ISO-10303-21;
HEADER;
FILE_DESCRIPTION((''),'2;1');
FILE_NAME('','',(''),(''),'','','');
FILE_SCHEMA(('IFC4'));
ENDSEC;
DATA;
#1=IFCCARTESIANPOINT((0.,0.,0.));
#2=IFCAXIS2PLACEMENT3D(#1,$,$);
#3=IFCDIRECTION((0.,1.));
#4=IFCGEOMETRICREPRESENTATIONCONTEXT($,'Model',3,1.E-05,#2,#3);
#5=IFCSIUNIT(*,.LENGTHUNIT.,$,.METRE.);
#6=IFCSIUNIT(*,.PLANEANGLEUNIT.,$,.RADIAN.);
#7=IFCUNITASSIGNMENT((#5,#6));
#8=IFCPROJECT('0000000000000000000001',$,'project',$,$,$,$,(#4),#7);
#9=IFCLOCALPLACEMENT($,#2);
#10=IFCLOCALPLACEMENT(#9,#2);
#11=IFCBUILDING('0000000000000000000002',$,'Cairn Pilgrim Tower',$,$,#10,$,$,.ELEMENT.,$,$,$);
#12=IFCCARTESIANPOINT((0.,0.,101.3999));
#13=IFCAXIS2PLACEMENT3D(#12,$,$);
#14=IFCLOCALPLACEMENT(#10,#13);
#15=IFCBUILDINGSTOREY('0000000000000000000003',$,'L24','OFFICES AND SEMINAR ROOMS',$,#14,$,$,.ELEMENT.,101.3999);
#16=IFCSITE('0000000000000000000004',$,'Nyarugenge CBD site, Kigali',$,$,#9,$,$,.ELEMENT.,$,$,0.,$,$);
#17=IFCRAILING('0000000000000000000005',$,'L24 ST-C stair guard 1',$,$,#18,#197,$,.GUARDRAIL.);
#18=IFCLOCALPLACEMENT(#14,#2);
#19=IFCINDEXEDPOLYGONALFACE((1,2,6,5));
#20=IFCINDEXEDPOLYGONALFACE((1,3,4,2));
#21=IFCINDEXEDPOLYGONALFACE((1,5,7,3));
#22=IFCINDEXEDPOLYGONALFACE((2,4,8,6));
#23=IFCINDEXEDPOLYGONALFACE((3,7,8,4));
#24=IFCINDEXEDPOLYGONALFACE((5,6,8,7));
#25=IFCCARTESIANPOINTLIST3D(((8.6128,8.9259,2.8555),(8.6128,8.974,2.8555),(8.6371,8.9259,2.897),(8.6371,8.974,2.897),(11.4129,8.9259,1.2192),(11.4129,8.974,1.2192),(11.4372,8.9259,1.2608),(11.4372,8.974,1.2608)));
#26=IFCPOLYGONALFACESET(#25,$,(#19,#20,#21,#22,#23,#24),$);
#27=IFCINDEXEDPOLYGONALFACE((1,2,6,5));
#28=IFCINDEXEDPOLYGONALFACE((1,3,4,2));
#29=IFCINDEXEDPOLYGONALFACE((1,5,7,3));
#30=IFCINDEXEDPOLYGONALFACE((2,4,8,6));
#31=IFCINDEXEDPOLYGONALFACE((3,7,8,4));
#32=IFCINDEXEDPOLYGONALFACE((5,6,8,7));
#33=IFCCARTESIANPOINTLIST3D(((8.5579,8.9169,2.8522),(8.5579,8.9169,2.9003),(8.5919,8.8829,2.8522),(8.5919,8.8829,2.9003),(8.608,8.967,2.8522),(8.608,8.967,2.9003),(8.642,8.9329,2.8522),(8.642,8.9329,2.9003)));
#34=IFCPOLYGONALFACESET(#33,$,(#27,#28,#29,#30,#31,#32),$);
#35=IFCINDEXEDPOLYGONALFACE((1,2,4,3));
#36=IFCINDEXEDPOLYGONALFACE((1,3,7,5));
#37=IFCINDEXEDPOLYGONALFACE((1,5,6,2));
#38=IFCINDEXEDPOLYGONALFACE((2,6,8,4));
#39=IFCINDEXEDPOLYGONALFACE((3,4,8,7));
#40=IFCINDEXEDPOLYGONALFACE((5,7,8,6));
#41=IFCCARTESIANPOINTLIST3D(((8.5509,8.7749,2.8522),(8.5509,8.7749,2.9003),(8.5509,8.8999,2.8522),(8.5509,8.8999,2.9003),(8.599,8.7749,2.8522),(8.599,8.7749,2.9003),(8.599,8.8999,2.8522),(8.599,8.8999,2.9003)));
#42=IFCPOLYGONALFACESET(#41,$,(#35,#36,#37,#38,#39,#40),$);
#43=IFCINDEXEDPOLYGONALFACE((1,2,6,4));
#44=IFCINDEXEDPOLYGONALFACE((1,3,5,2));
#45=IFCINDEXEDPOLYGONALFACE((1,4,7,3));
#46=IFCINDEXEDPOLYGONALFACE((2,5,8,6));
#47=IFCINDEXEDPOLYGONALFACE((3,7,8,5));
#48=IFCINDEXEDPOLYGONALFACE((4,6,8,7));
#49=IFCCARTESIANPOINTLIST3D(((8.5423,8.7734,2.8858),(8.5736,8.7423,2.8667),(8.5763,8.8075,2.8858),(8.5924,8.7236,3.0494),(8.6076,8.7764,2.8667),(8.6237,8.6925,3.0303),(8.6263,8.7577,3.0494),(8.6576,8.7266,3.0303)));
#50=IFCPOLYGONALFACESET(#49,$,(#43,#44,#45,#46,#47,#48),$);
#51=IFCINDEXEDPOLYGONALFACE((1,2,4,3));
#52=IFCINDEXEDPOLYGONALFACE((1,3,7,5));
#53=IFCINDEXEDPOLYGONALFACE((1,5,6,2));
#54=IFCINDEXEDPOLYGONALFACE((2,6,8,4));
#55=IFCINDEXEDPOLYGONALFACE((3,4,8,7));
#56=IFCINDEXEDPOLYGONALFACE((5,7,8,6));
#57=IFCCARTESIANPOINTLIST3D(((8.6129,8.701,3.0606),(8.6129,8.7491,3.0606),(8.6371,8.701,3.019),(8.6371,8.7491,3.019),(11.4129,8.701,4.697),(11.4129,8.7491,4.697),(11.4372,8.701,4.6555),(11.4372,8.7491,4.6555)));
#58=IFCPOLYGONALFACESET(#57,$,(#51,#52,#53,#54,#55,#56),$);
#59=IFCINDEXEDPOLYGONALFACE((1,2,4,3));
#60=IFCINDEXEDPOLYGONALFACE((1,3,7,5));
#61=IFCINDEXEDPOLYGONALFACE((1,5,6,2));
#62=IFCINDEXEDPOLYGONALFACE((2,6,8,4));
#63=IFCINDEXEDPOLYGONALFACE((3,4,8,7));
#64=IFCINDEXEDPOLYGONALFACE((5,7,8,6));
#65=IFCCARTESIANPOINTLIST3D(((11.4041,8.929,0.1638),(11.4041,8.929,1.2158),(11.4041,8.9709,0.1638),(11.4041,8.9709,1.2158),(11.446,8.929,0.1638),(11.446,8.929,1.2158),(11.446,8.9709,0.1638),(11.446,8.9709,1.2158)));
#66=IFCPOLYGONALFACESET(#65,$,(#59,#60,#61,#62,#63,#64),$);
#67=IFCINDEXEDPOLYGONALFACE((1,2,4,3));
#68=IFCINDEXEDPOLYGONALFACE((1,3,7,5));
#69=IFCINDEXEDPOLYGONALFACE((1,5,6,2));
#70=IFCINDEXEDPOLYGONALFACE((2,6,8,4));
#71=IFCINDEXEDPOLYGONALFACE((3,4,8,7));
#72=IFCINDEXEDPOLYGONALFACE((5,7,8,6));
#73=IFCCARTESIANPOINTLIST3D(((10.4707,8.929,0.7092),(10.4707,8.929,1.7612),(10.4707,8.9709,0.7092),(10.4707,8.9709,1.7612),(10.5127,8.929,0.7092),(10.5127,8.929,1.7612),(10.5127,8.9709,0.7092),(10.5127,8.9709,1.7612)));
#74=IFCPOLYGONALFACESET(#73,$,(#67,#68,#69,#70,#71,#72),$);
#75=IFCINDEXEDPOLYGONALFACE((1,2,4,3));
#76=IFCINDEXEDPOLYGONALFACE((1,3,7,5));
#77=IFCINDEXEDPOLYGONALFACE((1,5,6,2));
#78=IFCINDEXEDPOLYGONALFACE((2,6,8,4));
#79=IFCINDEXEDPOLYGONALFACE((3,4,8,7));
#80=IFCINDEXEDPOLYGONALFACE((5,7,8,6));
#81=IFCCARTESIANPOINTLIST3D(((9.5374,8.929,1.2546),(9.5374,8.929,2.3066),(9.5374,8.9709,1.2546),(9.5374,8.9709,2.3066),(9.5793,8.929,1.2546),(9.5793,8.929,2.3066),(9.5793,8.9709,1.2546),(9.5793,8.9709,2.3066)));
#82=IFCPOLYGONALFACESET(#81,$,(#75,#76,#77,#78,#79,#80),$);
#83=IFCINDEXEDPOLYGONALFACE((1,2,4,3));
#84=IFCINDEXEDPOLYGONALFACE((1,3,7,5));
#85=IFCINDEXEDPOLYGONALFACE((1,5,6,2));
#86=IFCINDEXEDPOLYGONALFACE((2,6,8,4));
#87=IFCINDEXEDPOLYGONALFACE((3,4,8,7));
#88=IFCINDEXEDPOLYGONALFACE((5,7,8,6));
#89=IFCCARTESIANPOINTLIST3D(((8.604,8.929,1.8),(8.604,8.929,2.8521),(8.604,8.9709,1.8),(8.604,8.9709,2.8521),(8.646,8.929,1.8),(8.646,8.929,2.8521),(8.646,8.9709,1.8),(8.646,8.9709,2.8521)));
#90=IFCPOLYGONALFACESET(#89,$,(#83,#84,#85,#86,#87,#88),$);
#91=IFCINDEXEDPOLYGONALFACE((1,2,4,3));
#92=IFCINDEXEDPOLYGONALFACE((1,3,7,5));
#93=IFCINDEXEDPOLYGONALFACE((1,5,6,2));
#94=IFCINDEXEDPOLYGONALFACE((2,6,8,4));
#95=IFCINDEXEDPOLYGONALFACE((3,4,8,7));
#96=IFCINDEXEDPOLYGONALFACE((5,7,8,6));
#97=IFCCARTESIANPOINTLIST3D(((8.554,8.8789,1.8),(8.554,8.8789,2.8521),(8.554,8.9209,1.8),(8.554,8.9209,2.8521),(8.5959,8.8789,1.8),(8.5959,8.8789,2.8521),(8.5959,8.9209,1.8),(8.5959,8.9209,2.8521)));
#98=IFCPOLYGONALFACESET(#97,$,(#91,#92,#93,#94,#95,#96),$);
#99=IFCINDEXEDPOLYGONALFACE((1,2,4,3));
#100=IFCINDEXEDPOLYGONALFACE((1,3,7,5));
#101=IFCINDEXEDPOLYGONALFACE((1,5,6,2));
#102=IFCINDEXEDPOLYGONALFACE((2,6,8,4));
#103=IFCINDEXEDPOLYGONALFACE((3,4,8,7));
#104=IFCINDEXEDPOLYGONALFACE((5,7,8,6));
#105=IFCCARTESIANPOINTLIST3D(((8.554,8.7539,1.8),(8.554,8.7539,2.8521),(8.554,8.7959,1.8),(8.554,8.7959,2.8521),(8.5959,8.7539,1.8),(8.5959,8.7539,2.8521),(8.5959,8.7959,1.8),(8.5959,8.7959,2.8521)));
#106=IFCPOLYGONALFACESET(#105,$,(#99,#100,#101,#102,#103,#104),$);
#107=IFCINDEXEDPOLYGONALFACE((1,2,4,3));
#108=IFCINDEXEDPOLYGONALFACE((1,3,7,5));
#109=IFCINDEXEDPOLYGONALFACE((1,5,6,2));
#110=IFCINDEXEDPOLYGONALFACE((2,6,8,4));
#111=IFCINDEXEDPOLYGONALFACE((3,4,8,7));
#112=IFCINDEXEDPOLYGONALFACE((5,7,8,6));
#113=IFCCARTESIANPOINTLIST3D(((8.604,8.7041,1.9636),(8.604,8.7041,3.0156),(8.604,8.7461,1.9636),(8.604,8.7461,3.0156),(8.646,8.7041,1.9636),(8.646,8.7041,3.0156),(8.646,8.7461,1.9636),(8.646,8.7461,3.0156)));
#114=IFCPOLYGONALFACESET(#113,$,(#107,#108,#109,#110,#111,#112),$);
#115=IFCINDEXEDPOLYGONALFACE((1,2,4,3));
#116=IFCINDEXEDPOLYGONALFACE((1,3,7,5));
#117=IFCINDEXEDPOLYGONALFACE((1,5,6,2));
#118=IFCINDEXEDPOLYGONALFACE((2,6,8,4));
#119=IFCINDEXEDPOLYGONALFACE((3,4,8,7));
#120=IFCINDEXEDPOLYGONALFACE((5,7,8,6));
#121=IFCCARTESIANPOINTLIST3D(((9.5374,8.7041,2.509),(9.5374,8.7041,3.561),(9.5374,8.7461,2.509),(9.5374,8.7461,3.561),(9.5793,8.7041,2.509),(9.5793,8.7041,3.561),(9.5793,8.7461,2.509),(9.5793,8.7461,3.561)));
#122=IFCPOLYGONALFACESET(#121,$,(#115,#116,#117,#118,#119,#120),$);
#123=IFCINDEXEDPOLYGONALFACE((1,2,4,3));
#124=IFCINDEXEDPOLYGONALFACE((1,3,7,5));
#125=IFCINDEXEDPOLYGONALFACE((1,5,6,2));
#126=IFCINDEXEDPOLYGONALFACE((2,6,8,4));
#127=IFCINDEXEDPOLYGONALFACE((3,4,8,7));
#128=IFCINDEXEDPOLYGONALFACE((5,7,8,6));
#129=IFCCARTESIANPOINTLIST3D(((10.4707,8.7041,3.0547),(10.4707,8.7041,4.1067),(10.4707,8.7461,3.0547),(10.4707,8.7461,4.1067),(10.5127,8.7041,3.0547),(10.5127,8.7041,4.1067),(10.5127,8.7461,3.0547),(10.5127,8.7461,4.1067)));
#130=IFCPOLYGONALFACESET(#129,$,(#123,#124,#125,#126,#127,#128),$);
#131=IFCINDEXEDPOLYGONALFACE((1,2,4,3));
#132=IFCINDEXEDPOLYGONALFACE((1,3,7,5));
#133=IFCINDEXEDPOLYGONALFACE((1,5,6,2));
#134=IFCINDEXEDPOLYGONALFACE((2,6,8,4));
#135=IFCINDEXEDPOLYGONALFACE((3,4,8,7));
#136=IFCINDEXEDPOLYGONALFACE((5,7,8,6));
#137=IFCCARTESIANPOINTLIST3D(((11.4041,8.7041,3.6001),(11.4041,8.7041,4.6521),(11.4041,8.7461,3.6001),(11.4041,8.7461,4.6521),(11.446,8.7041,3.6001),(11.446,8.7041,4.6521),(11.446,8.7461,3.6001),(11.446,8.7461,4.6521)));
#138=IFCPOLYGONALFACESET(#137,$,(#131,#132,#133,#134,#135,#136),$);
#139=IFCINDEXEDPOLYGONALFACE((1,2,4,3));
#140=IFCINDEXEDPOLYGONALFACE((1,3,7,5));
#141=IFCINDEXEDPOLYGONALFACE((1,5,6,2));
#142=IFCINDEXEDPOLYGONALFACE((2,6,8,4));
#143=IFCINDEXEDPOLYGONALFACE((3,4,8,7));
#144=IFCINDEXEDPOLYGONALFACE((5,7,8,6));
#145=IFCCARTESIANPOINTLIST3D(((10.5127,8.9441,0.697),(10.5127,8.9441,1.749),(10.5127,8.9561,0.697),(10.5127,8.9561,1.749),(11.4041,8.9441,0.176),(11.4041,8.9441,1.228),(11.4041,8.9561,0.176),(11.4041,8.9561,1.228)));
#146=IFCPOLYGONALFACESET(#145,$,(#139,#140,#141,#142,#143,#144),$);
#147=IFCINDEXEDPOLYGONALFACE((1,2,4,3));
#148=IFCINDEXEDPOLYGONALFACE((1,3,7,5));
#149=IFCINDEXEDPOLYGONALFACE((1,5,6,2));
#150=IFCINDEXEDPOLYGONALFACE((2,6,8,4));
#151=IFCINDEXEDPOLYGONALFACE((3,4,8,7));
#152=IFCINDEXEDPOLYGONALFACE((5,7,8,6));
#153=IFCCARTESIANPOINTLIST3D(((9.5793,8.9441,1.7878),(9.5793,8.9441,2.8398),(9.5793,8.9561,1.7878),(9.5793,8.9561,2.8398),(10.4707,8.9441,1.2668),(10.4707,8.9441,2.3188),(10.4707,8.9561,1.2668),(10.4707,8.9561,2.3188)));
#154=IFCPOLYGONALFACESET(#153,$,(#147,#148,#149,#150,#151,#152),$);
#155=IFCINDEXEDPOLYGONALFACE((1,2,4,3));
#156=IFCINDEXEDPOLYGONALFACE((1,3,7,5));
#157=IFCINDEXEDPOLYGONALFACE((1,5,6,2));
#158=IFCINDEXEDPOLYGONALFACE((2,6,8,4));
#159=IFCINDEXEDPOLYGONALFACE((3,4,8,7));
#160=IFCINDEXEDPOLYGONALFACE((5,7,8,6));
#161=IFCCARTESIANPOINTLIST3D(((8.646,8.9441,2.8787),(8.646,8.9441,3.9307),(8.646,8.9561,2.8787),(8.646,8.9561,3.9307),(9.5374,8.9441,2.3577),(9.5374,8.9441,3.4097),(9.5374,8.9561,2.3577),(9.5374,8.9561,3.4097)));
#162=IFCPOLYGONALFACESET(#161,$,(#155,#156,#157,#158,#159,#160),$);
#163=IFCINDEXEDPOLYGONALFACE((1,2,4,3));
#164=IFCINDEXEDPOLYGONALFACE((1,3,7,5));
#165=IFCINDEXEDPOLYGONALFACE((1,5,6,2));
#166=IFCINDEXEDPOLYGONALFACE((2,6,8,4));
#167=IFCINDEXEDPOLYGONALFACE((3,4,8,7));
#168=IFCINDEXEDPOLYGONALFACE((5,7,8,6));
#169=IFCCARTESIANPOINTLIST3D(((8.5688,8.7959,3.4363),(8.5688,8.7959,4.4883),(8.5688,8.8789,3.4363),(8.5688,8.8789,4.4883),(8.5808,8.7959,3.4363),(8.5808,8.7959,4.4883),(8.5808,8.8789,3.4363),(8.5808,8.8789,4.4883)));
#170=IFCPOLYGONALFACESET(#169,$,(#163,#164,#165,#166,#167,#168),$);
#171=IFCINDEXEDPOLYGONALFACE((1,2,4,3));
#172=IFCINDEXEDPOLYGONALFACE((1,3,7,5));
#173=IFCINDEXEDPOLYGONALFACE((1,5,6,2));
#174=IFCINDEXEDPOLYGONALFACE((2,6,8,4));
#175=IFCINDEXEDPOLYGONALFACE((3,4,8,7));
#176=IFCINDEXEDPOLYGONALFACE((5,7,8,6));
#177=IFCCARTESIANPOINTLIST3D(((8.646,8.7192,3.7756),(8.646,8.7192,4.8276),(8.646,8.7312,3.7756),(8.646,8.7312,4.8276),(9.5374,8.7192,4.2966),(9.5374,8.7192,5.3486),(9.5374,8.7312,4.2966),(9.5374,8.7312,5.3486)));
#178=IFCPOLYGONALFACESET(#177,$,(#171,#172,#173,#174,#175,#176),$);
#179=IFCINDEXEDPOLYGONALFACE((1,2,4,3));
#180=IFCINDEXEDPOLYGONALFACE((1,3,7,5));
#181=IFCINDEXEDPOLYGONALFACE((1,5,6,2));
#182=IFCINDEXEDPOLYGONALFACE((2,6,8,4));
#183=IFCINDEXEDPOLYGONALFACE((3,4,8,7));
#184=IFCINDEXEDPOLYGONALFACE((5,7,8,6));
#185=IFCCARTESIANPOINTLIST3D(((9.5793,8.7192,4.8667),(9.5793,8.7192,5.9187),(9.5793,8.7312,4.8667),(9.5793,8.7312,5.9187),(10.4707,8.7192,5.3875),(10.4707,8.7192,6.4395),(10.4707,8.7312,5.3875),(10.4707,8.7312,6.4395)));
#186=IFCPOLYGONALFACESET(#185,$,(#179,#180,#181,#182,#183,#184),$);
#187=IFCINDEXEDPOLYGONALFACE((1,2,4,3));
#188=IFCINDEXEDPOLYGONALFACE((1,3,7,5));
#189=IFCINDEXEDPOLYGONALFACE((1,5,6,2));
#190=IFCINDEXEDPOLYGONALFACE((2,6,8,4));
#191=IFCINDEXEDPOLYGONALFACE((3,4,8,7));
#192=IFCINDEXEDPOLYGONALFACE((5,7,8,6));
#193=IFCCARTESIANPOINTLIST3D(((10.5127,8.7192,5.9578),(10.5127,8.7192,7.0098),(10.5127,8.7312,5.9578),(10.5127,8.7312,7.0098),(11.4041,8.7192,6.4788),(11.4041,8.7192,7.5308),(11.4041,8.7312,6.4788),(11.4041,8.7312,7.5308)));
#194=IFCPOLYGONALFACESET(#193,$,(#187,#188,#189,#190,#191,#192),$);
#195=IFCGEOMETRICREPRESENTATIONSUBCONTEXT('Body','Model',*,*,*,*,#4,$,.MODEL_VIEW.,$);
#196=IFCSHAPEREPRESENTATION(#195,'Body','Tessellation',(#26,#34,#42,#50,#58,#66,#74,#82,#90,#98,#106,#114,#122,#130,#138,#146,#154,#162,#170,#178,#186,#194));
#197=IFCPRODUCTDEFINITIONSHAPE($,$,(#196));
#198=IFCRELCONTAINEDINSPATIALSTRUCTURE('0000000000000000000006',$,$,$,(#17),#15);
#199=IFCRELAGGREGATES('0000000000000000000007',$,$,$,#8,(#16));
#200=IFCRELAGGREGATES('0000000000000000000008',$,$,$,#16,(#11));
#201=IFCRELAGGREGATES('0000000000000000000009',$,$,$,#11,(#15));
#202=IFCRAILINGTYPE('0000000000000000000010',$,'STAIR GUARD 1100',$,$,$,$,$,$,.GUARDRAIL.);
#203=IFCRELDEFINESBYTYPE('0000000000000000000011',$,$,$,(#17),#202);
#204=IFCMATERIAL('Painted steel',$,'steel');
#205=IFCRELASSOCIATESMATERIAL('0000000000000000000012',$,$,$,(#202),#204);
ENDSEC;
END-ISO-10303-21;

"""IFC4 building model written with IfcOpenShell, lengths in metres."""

from ifc_helpers import new_model, si_unit, direction, frame, origin, origin_2d, place, context, subcontext, project, spatial, polyline, rectangle, outline, extrude, material, type_object, element, save


model = new_model("IFC4")

# Units and contexts
model_context = context("Model", 3, precision=1e-05, world=origin(), true_north=direction((0.0, 1.0)))
body_context = subcontext(model_context, "Body", "Model", "MODEL_VIEW")
ifc_project = project(units=[si_unit("LENGTHUNIT", "METRE"), si_unit("PLANEANGLEUNIT", "RADIAN")], contexts=[model_context])

# Site, building, storey
site_placement = place(None, origin())
site = spatial("IfcSite", under=ifc_project, at=site_placement, Name="Nyarugenge CBD site, Kigali", CompositionType="ELEMENT", RefElevation=0.0)
building_placement = place(site_placement, origin())
building = spatial("IfcBuilding", under=site, at=building_placement, Name="Cairn Pilgrim Tower", CompositionType="ELEMENT")
storey_placement = place(building_placement, frame((0.0, 0.0, 101.3999)))
storey = spatial("IfcBuildingStorey", under=building, at=storey_placement, Name="L24", Description="OFFICES AND SEMINAR ROOMS", CompositionType="ELEMENT", Elevation=101.3999)

# Shared definitions
ifc_material_1 = material(Name="Painted steel", Category="steel")

# Railing
railing_type_1 = type_object("IfcRailingType", Name="STAIR GUARD 1100", PredefinedType="GUARDRAIL", material=ifc_material_1)
railing_1_placement = place(storey_placement, frame((11.425, 8.95, 0.1638)))
element("IfcRailing", 1, at=railing_1_placement, inside=storey, type_object=railing_type_1, Name="L24 ST-C stair guard 1", PredefinedType="GUARDRAIL", context=body_context, shape_type="SweptSolid", body=[
    extrude(rectangle(XDim=0.0481, YDim=0.0481, at=origin_2d()), frame((0.0, 0.0, 1.0762), z_axis=(-0.863394, 0.0, 0.504531), x_axis=(0.0, -1.0, 0.0)), (0.0, 0.0, 1.0), 3.2432),
    extrude(rectangle(XDim=0.0481, YDim=0.0481, at=origin_2d()), frame((-2.8, 0.0, 2.7124), z_axis=(-0.707107, -0.707107, 0.0), x_axis=(0.707107, -0.707107, 0.0)), (0.0, 0.0, 1.0), 0.0708),
    extrude(rectangle(XDim=0.0481, YDim=0.0481, at=origin_2d()), frame((-2.8501, -0.05, 2.7124), z_axis=(0.0, -1.0, 0.0), x_axis=(1.0, 0.0, 0.0)), (0.0, 0.0, 1.0), 0.125),
    extrude(rectangle(XDim=0.0481, YDim=0.0481, at=origin_2d()), frame((-2.8501, -0.175, 2.7124), z_axis=(0.280917, -0.279546, 0.918118), x_axis=(0.705376, 0.708834, 0.0)), (0.0, 0.0, 1.0), 0.1782),
    extrude(rectangle(XDim=0.0481, YDim=0.0481, at=origin_2d()), frame((-2.8, -0.2249, 2.876), z_axis=(0.863361, 0.0, 0.504587), x_axis=(0.0, 1.0, 0.0)), (0.0, 0.0, 1.0), 3.2432),
    extrude(rectangle(XDim=0.042, YDim=0.042, at=origin_2d()), origin(), (0.0, 0.0, 1.0), 1.052),
    extrude(rectangle(XDim=0.042, YDim=0.042, at=origin_2d()), frame((-0.9333, 0.0, 0.5454)), (0.0, 0.0, 1.0), 1.052),
    extrude(rectangle(XDim=0.042, YDim=0.042, at=origin_2d()), frame((-1.8667, 0.0, 1.0908)), (0.0, 0.0, 1.0), 1.052),
    extrude(rectangle(XDim=0.042, YDim=0.042, at=origin_2d()), frame((-2.8, 0.0, 1.6362)), (0.0, 0.0, 1.0), 1.052),
    extrude(rectangle(XDim=0.042, YDim=0.042, at=origin_2d()), frame((-2.8501, -0.05, 1.6362)), (0.0, 0.0, 1.0), 1.052),
    extrude(rectangle(XDim=0.042, YDim=0.042, at=origin_2d()), frame((-2.8501, -0.175, 1.6362)), (0.0, 0.0, 1.0), 1.052),
    extrude(rectangle(XDim=0.042, YDim=0.042, at=origin_2d()), frame((-2.8, -0.2249, 1.7998)), (0.0, 0.0, 1.0), 1.052),
    extrude(rectangle(XDim=0.042, YDim=0.042, at=origin_2d()), frame((-1.8667, -0.2249, 2.3452)), (0.0, 0.0, 1.0), 1.052),
    extrude(rectangle(XDim=0.042, YDim=0.042, at=origin_2d()), frame((-0.9333, -0.2249, 2.8909)), (0.0, 0.0, 1.0), 1.052),
    extrude(rectangle(XDim=0.042, YDim=0.042, at=origin_2d()), frame((0.0, -0.2249, 3.4363)), (0.0, 0.0, 1.0), 1.052),
    extrude(outline(polyline([(0.021, 0.0122), (0.9124, 0.5332), (0.9124, 1.5852), (0.021, 1.0642), (0.021, 0.0122)])), frame((0.0, -0.0059, 0.0), z_axis=(0.0, 1.0, 0.0), x_axis=(-1.0, 0.0, 0.0)), (0.0, 0.0, 1.0), 0.012),
    extrude(outline(polyline([(0.021, 0.5576), (0.9124, 1.0786), (0.9124, 2.1306), (0.021, 1.6096), (0.021, 0.5576)])), frame((-0.9333, -0.0059, 0.5454), z_axis=(0.0, 1.0, 0.0), x_axis=(-1.0, 0.0, 0.0)), (0.0, 0.0, 1.0), 0.012),
    extrude(outline(polyline([(0.021, 1.103), (0.9124, 1.624), (0.9124, 2.676), (0.021, 2.155), (0.021, 1.103)])), frame((-1.8667, -0.0059, 1.0908), z_axis=(0.0, 1.0, 0.0), x_axis=(-1.0, 0.0, 0.0)), (0.0, 0.0, 1.0), 0.012),
    extrude(outline(polyline([(0.021, 1.6362), (0.104, 1.6362), (0.104, 2.6882), (0.021, 2.6882), (0.021, 1.6362)])), frame((-2.8442, -0.05, 1.6362), z_axis=(-1.0, 0.0, 0.0), x_axis=(0.0, -1.0, 0.0)), (0.0, 0.0, 1.0), 0.012),
    extrude(outline(polyline([(0.021, 1.812), (0.9124, 2.333), (0.9124, 3.385), (0.021, 2.864), (0.021, 1.812)])), frame((-2.8, -0.2188, 1.7998), z_axis=(0.0, -1.0, 0.0), x_axis=(1.0, 0.0, 0.0)), (0.0, 0.0, 1.0), 0.012),
    extrude(outline(polyline([(0.021, 2.3577), (0.9124, 2.8784), (0.9124, 3.9304), (0.021, 3.4097), (0.021, 2.3577)])), frame((-1.8667, -0.2188, 2.3452), z_axis=(0.0, -1.0, 0.0), x_axis=(1.0, 0.0, 0.0)), (0.0, 0.0, 1.0), 0.012),
    extrude(outline(polyline([(0.021, 2.9031), (0.9124, 3.4241), (0.9124, 4.4761), (0.021, 3.9551), (0.021, 2.9031)])), frame((-0.9333, -0.2188, 2.8909), z_axis=(0.0, -1.0, 0.0), x_axis=(1.0, 0.0, 0.0)), (0.0, 0.0, 1.0), 0.012),
])

save(model, "model.ifc")
